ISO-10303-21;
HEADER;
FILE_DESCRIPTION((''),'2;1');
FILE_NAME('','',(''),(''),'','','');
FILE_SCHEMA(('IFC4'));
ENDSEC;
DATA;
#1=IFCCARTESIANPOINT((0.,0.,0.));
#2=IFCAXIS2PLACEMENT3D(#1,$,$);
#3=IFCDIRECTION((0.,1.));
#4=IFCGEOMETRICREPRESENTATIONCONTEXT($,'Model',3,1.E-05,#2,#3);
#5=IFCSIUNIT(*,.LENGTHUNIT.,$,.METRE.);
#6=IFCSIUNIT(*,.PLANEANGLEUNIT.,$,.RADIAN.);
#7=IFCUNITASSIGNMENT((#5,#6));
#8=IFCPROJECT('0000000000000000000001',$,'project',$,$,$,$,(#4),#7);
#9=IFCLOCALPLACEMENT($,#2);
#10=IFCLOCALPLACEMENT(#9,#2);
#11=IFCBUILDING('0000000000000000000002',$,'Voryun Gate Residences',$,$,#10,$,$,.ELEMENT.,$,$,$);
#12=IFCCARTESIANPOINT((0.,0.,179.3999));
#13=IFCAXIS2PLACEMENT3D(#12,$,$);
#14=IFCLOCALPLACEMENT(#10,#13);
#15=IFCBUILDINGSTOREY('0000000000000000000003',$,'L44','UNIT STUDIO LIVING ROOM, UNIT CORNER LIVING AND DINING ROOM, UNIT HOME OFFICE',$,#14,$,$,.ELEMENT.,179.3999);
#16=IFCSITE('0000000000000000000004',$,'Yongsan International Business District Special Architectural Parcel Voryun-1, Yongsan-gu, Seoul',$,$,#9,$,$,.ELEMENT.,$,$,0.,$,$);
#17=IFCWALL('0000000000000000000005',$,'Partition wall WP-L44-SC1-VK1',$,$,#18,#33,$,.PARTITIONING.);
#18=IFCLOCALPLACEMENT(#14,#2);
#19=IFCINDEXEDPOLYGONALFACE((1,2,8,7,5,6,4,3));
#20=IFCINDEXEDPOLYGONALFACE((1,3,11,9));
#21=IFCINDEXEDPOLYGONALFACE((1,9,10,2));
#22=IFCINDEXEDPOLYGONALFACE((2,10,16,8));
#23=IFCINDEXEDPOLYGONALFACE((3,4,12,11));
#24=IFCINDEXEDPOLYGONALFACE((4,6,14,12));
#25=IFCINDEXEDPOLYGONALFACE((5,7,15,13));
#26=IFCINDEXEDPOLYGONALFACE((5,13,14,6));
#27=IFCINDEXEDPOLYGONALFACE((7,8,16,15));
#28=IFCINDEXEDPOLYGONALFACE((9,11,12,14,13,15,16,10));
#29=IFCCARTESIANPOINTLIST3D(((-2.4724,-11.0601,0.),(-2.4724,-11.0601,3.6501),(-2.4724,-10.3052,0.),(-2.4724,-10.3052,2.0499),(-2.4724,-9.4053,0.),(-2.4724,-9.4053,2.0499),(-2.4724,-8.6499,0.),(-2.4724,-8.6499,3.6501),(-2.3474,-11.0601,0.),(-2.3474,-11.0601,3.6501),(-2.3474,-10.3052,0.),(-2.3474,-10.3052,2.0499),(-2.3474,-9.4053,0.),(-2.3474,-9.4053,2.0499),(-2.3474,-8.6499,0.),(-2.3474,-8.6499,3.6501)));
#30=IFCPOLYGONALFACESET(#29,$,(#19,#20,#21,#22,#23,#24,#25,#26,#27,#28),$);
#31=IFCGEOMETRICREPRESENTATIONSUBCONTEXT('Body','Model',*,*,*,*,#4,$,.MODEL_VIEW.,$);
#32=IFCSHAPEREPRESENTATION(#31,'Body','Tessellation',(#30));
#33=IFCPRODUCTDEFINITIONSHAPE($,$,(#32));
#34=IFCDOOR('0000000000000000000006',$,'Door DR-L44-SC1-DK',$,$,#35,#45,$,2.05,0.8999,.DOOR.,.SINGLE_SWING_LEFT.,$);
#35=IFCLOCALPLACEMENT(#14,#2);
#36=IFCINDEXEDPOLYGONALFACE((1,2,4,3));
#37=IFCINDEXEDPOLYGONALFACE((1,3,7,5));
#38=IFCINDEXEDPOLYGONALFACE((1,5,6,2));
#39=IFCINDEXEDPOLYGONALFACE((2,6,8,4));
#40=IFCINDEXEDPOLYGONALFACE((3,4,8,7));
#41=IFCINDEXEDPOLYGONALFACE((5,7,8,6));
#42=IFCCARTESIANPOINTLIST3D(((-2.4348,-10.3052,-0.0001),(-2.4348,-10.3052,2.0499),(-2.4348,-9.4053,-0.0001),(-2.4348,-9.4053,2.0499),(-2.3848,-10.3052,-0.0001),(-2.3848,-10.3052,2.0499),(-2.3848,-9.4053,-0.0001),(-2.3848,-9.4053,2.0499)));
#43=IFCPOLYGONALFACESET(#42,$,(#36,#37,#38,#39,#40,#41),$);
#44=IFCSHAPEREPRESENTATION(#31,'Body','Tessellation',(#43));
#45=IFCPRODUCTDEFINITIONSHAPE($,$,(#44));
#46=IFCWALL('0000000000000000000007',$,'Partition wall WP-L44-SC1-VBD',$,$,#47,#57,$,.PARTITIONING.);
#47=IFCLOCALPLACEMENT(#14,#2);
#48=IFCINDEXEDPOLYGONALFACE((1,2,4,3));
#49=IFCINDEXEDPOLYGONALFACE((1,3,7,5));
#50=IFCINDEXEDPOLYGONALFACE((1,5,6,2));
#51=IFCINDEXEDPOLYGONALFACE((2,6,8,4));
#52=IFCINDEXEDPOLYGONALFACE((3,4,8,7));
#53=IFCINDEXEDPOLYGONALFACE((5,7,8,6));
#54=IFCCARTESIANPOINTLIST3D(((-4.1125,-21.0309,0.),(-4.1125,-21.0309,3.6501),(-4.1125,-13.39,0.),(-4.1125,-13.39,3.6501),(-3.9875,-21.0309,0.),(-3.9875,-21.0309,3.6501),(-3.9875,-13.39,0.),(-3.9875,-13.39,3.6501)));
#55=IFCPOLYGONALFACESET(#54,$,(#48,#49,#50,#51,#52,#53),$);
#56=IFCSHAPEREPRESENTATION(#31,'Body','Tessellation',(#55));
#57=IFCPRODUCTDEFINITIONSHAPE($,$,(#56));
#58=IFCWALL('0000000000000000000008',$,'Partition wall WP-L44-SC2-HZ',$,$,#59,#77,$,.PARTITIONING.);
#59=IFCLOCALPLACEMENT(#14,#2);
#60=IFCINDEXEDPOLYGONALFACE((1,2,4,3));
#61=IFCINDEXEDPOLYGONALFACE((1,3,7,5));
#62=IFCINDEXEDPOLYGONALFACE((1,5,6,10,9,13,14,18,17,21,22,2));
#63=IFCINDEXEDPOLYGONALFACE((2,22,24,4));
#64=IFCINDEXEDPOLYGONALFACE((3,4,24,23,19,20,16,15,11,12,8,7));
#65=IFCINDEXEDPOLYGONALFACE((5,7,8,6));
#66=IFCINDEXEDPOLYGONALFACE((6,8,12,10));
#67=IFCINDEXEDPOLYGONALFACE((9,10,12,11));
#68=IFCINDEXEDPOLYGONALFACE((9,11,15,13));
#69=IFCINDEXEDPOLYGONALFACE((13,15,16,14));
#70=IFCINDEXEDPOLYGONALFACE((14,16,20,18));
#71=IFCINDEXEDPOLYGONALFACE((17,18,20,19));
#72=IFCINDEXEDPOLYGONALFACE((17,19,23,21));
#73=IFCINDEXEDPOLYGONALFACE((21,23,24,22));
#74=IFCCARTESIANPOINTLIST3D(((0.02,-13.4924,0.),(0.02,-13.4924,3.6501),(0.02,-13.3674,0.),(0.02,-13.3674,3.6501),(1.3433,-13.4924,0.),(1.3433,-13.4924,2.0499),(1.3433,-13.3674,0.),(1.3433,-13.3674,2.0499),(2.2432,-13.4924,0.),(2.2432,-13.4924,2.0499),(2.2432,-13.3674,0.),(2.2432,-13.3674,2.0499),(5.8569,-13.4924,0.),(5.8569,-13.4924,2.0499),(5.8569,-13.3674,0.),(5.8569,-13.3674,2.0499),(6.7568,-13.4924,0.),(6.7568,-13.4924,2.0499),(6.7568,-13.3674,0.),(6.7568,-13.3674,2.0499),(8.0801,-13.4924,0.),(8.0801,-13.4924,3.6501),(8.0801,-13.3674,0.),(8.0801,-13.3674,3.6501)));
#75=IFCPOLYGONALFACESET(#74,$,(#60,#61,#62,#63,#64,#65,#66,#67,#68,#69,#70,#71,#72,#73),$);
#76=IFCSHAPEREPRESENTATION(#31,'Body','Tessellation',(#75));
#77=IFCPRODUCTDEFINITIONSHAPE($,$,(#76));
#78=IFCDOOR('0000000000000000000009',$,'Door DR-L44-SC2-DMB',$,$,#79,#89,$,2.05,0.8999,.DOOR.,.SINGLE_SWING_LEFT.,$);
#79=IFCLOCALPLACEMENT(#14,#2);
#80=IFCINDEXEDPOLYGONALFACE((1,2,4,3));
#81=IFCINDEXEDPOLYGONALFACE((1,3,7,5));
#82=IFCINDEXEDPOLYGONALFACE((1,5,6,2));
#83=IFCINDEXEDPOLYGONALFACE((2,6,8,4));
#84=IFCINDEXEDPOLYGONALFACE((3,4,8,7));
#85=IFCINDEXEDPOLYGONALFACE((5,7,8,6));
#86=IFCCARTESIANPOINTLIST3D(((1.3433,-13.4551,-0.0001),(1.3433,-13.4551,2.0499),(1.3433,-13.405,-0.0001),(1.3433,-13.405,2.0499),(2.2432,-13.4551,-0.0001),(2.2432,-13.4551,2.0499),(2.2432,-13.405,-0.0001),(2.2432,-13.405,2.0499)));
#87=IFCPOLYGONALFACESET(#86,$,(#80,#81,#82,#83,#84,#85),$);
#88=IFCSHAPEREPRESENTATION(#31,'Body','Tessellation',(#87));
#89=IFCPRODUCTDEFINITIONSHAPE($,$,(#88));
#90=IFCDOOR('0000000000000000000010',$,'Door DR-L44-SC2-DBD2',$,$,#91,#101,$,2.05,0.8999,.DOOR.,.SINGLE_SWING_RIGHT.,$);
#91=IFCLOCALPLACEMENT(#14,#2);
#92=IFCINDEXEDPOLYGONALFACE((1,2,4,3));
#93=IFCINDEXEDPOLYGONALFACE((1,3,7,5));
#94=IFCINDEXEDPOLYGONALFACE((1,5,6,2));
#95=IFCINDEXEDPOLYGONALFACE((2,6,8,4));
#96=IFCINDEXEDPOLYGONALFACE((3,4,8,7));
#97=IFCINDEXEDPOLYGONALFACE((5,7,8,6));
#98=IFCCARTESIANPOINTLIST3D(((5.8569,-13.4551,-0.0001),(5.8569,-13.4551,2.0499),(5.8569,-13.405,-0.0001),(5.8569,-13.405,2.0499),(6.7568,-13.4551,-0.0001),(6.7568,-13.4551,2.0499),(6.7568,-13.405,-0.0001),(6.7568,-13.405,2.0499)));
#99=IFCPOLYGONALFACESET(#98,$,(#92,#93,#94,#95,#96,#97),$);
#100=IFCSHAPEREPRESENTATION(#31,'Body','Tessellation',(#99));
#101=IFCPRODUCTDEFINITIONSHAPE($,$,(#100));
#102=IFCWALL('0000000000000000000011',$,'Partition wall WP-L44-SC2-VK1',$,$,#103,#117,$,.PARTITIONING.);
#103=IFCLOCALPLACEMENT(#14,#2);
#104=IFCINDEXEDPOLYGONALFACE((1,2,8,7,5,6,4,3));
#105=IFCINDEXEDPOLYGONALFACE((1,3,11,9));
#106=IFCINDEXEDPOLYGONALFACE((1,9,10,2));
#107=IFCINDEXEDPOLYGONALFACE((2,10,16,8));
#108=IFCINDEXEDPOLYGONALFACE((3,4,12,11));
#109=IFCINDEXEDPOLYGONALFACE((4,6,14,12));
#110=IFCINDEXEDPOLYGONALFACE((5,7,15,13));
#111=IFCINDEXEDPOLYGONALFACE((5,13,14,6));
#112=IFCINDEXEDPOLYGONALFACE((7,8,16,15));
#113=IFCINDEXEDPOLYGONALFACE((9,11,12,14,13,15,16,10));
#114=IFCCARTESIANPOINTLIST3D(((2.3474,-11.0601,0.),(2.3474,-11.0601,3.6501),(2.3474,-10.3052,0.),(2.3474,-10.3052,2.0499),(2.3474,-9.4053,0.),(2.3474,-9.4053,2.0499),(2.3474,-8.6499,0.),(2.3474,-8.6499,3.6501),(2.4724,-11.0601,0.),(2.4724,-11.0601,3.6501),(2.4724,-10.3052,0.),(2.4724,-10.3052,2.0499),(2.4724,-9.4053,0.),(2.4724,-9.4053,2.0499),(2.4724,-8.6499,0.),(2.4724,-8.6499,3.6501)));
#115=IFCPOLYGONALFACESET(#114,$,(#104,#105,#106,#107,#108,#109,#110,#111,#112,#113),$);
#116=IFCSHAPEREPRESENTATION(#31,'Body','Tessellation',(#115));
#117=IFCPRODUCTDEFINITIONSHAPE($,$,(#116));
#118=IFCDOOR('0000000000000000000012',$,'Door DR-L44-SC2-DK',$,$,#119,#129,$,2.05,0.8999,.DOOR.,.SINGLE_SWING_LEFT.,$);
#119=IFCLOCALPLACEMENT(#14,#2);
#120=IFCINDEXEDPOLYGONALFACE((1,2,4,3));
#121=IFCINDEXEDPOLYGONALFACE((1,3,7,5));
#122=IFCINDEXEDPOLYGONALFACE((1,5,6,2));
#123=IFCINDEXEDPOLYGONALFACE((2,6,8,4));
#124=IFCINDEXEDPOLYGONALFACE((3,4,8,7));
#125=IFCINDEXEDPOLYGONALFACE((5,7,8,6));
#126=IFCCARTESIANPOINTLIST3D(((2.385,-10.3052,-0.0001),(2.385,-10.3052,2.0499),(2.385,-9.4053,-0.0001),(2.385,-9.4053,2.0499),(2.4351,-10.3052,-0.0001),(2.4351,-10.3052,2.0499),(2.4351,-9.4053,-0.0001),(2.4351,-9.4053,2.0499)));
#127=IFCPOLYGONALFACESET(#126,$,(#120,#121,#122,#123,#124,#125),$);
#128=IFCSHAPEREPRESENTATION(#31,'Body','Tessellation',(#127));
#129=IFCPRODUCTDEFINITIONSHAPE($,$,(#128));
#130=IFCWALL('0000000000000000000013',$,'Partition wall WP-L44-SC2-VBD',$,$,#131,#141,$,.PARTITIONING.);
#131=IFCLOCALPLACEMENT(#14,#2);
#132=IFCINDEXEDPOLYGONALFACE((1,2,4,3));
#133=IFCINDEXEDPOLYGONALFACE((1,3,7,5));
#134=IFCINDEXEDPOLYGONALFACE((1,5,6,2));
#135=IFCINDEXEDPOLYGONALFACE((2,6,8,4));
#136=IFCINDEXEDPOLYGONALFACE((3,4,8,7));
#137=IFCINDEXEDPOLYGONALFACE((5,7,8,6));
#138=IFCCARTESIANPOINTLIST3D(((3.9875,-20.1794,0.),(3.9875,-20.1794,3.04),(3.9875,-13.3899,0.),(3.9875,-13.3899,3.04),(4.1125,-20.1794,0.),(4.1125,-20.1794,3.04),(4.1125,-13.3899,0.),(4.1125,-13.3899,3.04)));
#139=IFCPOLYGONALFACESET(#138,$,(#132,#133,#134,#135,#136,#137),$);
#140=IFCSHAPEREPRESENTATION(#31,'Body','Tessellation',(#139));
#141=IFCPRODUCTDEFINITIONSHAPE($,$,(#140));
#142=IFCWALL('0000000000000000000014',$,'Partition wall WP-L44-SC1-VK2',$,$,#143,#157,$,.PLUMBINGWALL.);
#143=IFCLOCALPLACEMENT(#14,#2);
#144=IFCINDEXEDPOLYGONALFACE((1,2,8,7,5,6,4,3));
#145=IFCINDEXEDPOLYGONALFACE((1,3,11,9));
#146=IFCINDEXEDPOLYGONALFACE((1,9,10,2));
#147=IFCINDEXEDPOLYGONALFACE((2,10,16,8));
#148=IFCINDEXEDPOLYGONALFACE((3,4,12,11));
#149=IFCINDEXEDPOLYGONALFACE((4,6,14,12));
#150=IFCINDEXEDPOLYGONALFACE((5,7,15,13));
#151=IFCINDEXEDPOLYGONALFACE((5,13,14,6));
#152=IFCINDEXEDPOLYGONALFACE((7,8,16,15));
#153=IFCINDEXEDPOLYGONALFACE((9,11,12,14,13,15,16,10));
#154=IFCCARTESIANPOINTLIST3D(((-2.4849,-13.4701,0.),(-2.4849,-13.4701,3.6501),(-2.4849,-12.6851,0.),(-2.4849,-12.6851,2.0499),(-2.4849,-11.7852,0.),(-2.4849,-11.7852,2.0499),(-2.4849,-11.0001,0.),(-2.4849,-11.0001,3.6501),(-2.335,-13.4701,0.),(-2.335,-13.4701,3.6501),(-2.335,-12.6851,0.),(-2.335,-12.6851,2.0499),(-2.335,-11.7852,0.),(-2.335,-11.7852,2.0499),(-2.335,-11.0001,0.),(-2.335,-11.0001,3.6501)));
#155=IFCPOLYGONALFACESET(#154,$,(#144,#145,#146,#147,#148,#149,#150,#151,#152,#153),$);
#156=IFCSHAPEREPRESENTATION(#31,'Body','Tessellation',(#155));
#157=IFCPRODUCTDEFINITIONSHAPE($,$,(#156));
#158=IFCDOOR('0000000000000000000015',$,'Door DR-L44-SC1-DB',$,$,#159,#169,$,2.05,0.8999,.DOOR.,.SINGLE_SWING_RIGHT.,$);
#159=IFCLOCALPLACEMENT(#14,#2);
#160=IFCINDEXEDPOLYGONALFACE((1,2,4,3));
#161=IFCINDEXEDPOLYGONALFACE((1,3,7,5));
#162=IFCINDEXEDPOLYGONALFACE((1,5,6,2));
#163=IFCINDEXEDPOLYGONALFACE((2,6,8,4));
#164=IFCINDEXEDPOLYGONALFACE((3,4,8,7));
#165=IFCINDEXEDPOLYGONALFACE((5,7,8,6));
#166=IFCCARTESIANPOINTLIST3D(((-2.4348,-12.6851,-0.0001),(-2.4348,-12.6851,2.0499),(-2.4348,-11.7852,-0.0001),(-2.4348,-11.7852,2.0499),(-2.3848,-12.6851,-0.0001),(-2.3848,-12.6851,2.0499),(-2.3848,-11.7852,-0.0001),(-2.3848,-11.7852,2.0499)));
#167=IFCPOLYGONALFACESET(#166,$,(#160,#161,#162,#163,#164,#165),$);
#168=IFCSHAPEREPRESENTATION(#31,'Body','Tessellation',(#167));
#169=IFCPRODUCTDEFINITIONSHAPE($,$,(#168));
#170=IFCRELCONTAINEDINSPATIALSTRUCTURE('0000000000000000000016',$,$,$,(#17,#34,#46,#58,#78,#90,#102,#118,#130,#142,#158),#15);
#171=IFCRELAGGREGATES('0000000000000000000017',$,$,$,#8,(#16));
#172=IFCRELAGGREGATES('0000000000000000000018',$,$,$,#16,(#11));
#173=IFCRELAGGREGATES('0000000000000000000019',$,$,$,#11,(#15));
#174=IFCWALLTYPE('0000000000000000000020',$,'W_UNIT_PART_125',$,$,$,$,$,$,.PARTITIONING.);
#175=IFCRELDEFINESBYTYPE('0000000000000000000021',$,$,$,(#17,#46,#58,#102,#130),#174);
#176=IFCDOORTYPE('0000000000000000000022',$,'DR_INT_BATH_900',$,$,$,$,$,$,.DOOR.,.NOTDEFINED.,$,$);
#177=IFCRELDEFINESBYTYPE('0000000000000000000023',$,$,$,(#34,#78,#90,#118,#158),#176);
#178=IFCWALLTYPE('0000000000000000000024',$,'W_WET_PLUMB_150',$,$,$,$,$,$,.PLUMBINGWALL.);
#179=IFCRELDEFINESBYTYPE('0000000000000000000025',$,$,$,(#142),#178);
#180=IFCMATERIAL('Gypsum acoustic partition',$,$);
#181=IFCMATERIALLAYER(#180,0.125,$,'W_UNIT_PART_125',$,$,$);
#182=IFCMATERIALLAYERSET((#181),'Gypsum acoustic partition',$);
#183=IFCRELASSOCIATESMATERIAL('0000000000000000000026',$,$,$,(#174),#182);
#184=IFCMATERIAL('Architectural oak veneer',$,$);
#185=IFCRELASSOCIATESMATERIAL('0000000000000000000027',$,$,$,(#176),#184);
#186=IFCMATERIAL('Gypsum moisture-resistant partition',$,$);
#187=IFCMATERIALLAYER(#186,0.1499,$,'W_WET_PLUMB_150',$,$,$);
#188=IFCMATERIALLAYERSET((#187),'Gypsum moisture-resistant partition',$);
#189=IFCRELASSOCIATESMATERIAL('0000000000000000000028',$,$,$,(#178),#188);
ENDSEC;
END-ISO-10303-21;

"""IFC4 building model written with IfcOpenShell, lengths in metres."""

from ifc_helpers import new_model, si_unit, direction, frame, frame_2d, origin, place, context, subcontext, project, spatial, rectangle, extrude, material, layer, layer_set, type_object, element, fill, save


model = new_model("IFC4")

# Units and contexts
model_context = context("Model", 3, precision=1e-05, world=origin(), true_north=direction((0.0, 1.0)))
body_context = subcontext(model_context, "Body", "Model", "MODEL_VIEW")
ifc_project = project(units=[si_unit("LENGTHUNIT", "METRE"), si_unit("PLANEANGLEUNIT", "RADIAN")], contexts=[model_context])

# Site, building, storey
site_placement = place(None, origin())
site = spatial("IfcSite", under=ifc_project, at=site_placement, Name="Yongsan International Business District Special Architectural Parcel Voryun-1, Yongsan-gu, Seoul", CompositionType="ELEMENT", RefElevation=0.0)
building_placement = place(site_placement, origin())
building = spatial("IfcBuilding", under=site, at=building_placement, Name="Voryun Gate Residences", CompositionType="ELEMENT")
storey_placement = place(building_placement, frame((0.0, 0.0, 179.3999)))
storey = spatial("IfcBuildingStorey", under=building, at=storey_placement, Name="L44", Description="UNIT STUDIO LIVING ROOM, UNIT CORNER LIVING AND DINING ROOM, UNIT HOME OFFICE", CompositionType="ELEMENT", Elevation=179.3999)

# Wall, opening, door
ifc_material_1 = material(Name="Gypsum acoustic partition")
ifc_layer_1 = layer(ifc_material_1, 0.125, Name="W_UNIT_PART_125")
ifc_layer_set_1 = layer_set([ifc_layer_1], Name="Gypsum acoustic partition")
wall_type_1 = type_object("IfcWallType", Name="W_UNIT_PART_125", PredefinedType="PARTITIONING", material=ifc_layer_set_1)
wall_1_placement = place(storey_placement, frame((-2.4099, -11.0601, 0.0), z_axis=(0.0, 0.0, 1.0), x_axis=(0.0, 1.0, 0.0)))
wall_1 = element("IfcWall", 1, at=wall_1_placement, inside=storey, type_object=wall_type_1, Name="Partition wall WP-L44-SC1-VK1", PredefinedType="PARTITIONING", context=body_context, shape_type="SweptSolid", body=[
    extrude(rectangle(XDim=2.4102, YDim=0.125, at=frame_2d((1.2051, 0.0))), origin(), (0.0, 0.0, 1.0), 3.6501),
])
opening_1_placement = place(wall_1_placement, frame((0.7549, 0.0, 0.0)))
opening_1 = element("IfcOpeningElement", 2, at=opening_1_placement, cuts=wall_1, PredefinedType="OPENING", context=body_context, shape_type="SweptSolid", body=[
    extrude(rectangle(XDim=0.8999, YDim=2.05, at=frame_2d((0.45, 1.0249))), frame((0.0, 0.0725, 0.0), z_axis=(0.0, -1.0, 0.0), x_axis=(1.0, 0.0, 0.0)), (0.0, 0.0, 1.0), 0.145),
])
ifc_material_2 = material(Name="Architectural oak veneer")
door_type_1 = type_object("IfcDoorType", Name="DR_INT_BATH_900", OperationType="NOTDEFINED", PredefinedType="DOOR", material=ifc_material_2)
door_1_placement = place(opening_1_placement, origin())
door_1 = element("IfcDoor", 3, at=door_1_placement, inside=storey, type_object=door_type_1, Name="Door DR-L44-SC1-DK", OperationType="SINGLE_SWING_LEFT", OverallHeight=2.05, OverallWidth=0.8999, PredefinedType="DOOR", context=body_context, shape_type="SweptSolid", body=[
    extrude(rectangle(XDim=0.8999, YDim=2.05, at=frame_2d((0.45, 1.0249))), frame((0.0, 0.0249, 0.0), z_axis=(0.0, -1.0, 0.0), x_axis=(1.0, 0.0, 0.0)), (0.0, 0.0, 1.0), 0.05),
])
fill(opening_1, door_1)

# Wall
wall_2_placement = place(storey_placement, frame((-4.05, -21.0308, 0.0), z_axis=(0.0, 0.0, 1.0), x_axis=(0.0, 1.0, 0.0)))
element("IfcWall", 4, at=wall_2_placement, inside=storey, type_object=wall_type_1, Name="Partition wall WP-L44-SC1-VBD", PredefinedType="PARTITIONING", context=body_context, shape_type="SweptSolid", body=[
    extrude(rectangle(XDim=7.6409, YDim=0.125, at=frame_2d((3.8203, 0.0))), origin(), (0.0, 0.0, 1.0), 3.6501),
])

# Wall, openings, doors
wall_3_placement = place(storey_placement, frame((0.02, -13.4299, 0.0), z_axis=(0.0, 0.0, 1.0), x_axis=(1.0, 0.0, 0.0)))
wall_3 = element("IfcWall", 5, at=wall_3_placement, inside=storey, type_object=wall_type_1, Name="Partition wall WP-L44-SC2-HZ", PredefinedType="PARTITIONING", context=body_context, shape_type="SweptSolid", body=[
    extrude(rectangle(XDim=8.0601, YDim=0.125, at=frame_2d((4.03, 0.0))), origin(), (0.0, 0.0, 1.0), 3.6501),
])
opening_2_placement = place(wall_3_placement, frame((1.3232, 0.0, 0.0)))
opening_2 = element("IfcOpeningElement", 6, at=opening_2_placement, cuts=wall_3, PredefinedType="OPENING", context=body_context, shape_type="SweptSolid", body=[
    extrude(rectangle(XDim=0.8999, YDim=2.05, at=frame_2d((0.45, 1.0249))), frame((0.0, 0.0725, 0.0), z_axis=(0.0, -1.0, 0.0), x_axis=(1.0, 0.0, 0.0)), (0.0, 0.0, 1.0), 0.145),
])
opening_3_placement = place(wall_3_placement, frame((5.8369, 0.0, 0.0)))
opening_3 = element("IfcOpeningElement", 7, at=opening_3_placement, cuts=wall_3, PredefinedType="OPENING", context=body_context, shape_type="SweptSolid", body=[
    extrude(rectangle(XDim=0.8999, YDim=2.05, at=frame_2d((0.45, 1.0249))), frame((0.0, 0.0725, 0.0), z_axis=(0.0, -1.0, 0.0), x_axis=(1.0, 0.0, 0.0)), (0.0, 0.0, 1.0), 0.145),
])
door_2_placement = place(opening_2_placement, origin())
door_2 = element("IfcDoor", 8, at=door_2_placement, inside=storey, type_object=door_type_1, Name="Door DR-L44-SC2-DMB", OperationType="SINGLE_SWING_LEFT", OverallHeight=2.05, OverallWidth=0.8999, PredefinedType="DOOR", context=body_context, shape_type="SweptSolid", body=[
    extrude(rectangle(XDim=0.8999, YDim=2.05, at=frame_2d((0.45, 1.0249))), frame((0.0, 0.0249, 0.0), z_axis=(0.0, -1.0, 0.0), x_axis=(1.0, 0.0, 0.0)), (0.0, 0.0, 1.0), 0.05),
])
fill(opening_2, door_2)
door_3_placement = place(opening_3_placement, origin())
door_3 = element("IfcDoor", 9, at=door_3_placement, inside=storey, type_object=door_type_1, Name="Door DR-L44-SC2-DBD2", OperationType="SINGLE_SWING_RIGHT", OverallHeight=2.05, OverallWidth=0.8999, PredefinedType="DOOR", context=body_context, shape_type="SweptSolid", body=[
    extrude(rectangle(XDim=0.8999, YDim=2.05, at=frame_2d((0.45, 1.0249))), frame((0.0, 0.0249, 0.0), z_axis=(0.0, -1.0, 0.0), x_axis=(1.0, 0.0, 0.0)), (0.0, 0.0, 1.0), 0.05),
])
fill(opening_3, door_3)

# Wall, opening, door
wall_4_placement = place(storey_placement, frame((2.4099, -11.0601, 0.0), z_axis=(0.0, 0.0, 1.0), x_axis=(0.0, 1.0, 0.0)))
wall_4 = element("IfcWall", 10, at=wall_4_placement, inside=storey, type_object=wall_type_1, Name="Partition wall WP-L44-SC2-VK1", PredefinedType="PARTITIONING", context=body_context, shape_type="SweptSolid", body=[
    extrude(rectangle(XDim=2.4102, YDim=0.125, at=frame_2d((1.2051, 0.0))), origin(), (0.0, 0.0, 1.0), 3.6501),
])
opening_4_placement = place(wall_4_placement, frame((0.7549, 0.0, 0.0)))
opening_4 = element("IfcOpeningElement", 11, at=opening_4_placement, cuts=wall_4, PredefinedType="OPENING", context=body_context, shape_type="SweptSolid", body=[
    extrude(rectangle(XDim=0.8999, YDim=2.05, at=frame_2d((0.45, 1.0249))), frame((0.0, 0.0725, 0.0), z_axis=(0.0, -1.0, 0.0), x_axis=(1.0, 0.0, 0.0)), (0.0, 0.0, 1.0), 0.145),
])
door_4_placement = place(opening_4_placement, origin())
door_4 = element("IfcDoor", 12, at=door_4_placement, inside=storey, type_object=door_type_1, Name="Door DR-L44-SC2-DK", OperationType="SINGLE_SWING_LEFT", OverallHeight=2.05, OverallWidth=0.8999, PredefinedType="DOOR", context=body_context, shape_type="SweptSolid", body=[
    extrude(rectangle(XDim=0.8999, YDim=2.05, at=frame_2d((0.45, 1.0249))), frame((0.0, 0.0249, 0.0), z_axis=(0.0, -1.0, 0.0), x_axis=(1.0, 0.0, 0.0)), (0.0, 0.0, 1.0), 0.05),
])
fill(opening_4, door_4)

# Wall
wall_5_placement = place(storey_placement, frame((4.05, -20.1794, 0.0), z_axis=(0.0, 0.0, 1.0), x_axis=(0.0, 1.0, 0.0)))
element("IfcWall", 13, at=wall_5_placement, inside=storey, type_object=wall_type_1, Name="Partition wall WP-L44-SC2-VBD", PredefinedType="PARTITIONING", context=body_context, shape_type="SweptSolid", body=[
    extrude(rectangle(XDim=6.7896, YDim=0.125, at=frame_2d((3.3948, 0.0))), origin(), (0.0, 0.0, 1.0), 3.04),
])

# Wall, opening, door
ifc_material_3 = material(Name="Gypsum moisture-resistant partition")
ifc_layer_2 = layer(ifc_material_3, 0.1499, Name="W_WET_PLUMB_150")
ifc_layer_set_2 = layer_set([ifc_layer_2], Name="Gypsum moisture-resistant partition")
wall_type_2 = type_object("IfcWallType", Name="W_WET_PLUMB_150", PredefinedType="PLUMBINGWALL", material=ifc_layer_set_2)
wall_6_placement = place(storey_placement, frame((-2.4099, -13.47, 0.0), z_axis=(0.0, 0.0, 1.0), x_axis=(0.0, 1.0, 0.0)))
wall_6 = element("IfcWall", 14, at=wall_6_placement, inside=storey, type_object=wall_type_2, Name="Partition wall WP-L44-SC1-VK2", PredefinedType="PLUMBINGWALL", context=body_context, shape_type="SweptSolid", body=[
    extrude(rectangle(XDim=2.47, YDim=0.1499, at=frame_2d((1.2349, 0.0))), origin(), (0.0, 0.0, 1.0), 3.6501),
])
opening_5_placement = place(wall_6_placement, frame((0.7849, 0.0, 0.0)))
opening_5 = element("IfcOpeningElement", 15, at=opening_5_placement, cuts=wall_6, PredefinedType="OPENING", context=body_context, shape_type="SweptSolid", body=[
    extrude(rectangle(XDim=0.8999, YDim=2.05, at=frame_2d((0.45, 1.0249))), frame((0.0, 0.085, 0.0), z_axis=(0.0, -1.0, 0.0), x_axis=(1.0, 0.0, 0.0)), (0.0, 0.0, 1.0), 0.1699),
])
door_5_placement = place(opening_5_placement, origin())
door_5 = element("IfcDoor", 16, at=door_5_placement, inside=storey, type_object=door_type_1, Name="Door DR-L44-SC1-DB", OperationType="SINGLE_SWING_RIGHT", OverallHeight=2.05, OverallWidth=0.8999, PredefinedType="DOOR", context=body_context, shape_type="SweptSolid", body=[
    extrude(rectangle(XDim=0.8999, YDim=2.05, at=frame_2d((0.45, 1.0249))), frame((0.0, 0.0249, 0.0), z_axis=(0.0, -1.0, 0.0), x_axis=(1.0, 0.0, 0.0)), (0.0, 0.0, 1.0), 0.05),
])
fill(opening_5, door_5)

save(model, "model.ifc")
